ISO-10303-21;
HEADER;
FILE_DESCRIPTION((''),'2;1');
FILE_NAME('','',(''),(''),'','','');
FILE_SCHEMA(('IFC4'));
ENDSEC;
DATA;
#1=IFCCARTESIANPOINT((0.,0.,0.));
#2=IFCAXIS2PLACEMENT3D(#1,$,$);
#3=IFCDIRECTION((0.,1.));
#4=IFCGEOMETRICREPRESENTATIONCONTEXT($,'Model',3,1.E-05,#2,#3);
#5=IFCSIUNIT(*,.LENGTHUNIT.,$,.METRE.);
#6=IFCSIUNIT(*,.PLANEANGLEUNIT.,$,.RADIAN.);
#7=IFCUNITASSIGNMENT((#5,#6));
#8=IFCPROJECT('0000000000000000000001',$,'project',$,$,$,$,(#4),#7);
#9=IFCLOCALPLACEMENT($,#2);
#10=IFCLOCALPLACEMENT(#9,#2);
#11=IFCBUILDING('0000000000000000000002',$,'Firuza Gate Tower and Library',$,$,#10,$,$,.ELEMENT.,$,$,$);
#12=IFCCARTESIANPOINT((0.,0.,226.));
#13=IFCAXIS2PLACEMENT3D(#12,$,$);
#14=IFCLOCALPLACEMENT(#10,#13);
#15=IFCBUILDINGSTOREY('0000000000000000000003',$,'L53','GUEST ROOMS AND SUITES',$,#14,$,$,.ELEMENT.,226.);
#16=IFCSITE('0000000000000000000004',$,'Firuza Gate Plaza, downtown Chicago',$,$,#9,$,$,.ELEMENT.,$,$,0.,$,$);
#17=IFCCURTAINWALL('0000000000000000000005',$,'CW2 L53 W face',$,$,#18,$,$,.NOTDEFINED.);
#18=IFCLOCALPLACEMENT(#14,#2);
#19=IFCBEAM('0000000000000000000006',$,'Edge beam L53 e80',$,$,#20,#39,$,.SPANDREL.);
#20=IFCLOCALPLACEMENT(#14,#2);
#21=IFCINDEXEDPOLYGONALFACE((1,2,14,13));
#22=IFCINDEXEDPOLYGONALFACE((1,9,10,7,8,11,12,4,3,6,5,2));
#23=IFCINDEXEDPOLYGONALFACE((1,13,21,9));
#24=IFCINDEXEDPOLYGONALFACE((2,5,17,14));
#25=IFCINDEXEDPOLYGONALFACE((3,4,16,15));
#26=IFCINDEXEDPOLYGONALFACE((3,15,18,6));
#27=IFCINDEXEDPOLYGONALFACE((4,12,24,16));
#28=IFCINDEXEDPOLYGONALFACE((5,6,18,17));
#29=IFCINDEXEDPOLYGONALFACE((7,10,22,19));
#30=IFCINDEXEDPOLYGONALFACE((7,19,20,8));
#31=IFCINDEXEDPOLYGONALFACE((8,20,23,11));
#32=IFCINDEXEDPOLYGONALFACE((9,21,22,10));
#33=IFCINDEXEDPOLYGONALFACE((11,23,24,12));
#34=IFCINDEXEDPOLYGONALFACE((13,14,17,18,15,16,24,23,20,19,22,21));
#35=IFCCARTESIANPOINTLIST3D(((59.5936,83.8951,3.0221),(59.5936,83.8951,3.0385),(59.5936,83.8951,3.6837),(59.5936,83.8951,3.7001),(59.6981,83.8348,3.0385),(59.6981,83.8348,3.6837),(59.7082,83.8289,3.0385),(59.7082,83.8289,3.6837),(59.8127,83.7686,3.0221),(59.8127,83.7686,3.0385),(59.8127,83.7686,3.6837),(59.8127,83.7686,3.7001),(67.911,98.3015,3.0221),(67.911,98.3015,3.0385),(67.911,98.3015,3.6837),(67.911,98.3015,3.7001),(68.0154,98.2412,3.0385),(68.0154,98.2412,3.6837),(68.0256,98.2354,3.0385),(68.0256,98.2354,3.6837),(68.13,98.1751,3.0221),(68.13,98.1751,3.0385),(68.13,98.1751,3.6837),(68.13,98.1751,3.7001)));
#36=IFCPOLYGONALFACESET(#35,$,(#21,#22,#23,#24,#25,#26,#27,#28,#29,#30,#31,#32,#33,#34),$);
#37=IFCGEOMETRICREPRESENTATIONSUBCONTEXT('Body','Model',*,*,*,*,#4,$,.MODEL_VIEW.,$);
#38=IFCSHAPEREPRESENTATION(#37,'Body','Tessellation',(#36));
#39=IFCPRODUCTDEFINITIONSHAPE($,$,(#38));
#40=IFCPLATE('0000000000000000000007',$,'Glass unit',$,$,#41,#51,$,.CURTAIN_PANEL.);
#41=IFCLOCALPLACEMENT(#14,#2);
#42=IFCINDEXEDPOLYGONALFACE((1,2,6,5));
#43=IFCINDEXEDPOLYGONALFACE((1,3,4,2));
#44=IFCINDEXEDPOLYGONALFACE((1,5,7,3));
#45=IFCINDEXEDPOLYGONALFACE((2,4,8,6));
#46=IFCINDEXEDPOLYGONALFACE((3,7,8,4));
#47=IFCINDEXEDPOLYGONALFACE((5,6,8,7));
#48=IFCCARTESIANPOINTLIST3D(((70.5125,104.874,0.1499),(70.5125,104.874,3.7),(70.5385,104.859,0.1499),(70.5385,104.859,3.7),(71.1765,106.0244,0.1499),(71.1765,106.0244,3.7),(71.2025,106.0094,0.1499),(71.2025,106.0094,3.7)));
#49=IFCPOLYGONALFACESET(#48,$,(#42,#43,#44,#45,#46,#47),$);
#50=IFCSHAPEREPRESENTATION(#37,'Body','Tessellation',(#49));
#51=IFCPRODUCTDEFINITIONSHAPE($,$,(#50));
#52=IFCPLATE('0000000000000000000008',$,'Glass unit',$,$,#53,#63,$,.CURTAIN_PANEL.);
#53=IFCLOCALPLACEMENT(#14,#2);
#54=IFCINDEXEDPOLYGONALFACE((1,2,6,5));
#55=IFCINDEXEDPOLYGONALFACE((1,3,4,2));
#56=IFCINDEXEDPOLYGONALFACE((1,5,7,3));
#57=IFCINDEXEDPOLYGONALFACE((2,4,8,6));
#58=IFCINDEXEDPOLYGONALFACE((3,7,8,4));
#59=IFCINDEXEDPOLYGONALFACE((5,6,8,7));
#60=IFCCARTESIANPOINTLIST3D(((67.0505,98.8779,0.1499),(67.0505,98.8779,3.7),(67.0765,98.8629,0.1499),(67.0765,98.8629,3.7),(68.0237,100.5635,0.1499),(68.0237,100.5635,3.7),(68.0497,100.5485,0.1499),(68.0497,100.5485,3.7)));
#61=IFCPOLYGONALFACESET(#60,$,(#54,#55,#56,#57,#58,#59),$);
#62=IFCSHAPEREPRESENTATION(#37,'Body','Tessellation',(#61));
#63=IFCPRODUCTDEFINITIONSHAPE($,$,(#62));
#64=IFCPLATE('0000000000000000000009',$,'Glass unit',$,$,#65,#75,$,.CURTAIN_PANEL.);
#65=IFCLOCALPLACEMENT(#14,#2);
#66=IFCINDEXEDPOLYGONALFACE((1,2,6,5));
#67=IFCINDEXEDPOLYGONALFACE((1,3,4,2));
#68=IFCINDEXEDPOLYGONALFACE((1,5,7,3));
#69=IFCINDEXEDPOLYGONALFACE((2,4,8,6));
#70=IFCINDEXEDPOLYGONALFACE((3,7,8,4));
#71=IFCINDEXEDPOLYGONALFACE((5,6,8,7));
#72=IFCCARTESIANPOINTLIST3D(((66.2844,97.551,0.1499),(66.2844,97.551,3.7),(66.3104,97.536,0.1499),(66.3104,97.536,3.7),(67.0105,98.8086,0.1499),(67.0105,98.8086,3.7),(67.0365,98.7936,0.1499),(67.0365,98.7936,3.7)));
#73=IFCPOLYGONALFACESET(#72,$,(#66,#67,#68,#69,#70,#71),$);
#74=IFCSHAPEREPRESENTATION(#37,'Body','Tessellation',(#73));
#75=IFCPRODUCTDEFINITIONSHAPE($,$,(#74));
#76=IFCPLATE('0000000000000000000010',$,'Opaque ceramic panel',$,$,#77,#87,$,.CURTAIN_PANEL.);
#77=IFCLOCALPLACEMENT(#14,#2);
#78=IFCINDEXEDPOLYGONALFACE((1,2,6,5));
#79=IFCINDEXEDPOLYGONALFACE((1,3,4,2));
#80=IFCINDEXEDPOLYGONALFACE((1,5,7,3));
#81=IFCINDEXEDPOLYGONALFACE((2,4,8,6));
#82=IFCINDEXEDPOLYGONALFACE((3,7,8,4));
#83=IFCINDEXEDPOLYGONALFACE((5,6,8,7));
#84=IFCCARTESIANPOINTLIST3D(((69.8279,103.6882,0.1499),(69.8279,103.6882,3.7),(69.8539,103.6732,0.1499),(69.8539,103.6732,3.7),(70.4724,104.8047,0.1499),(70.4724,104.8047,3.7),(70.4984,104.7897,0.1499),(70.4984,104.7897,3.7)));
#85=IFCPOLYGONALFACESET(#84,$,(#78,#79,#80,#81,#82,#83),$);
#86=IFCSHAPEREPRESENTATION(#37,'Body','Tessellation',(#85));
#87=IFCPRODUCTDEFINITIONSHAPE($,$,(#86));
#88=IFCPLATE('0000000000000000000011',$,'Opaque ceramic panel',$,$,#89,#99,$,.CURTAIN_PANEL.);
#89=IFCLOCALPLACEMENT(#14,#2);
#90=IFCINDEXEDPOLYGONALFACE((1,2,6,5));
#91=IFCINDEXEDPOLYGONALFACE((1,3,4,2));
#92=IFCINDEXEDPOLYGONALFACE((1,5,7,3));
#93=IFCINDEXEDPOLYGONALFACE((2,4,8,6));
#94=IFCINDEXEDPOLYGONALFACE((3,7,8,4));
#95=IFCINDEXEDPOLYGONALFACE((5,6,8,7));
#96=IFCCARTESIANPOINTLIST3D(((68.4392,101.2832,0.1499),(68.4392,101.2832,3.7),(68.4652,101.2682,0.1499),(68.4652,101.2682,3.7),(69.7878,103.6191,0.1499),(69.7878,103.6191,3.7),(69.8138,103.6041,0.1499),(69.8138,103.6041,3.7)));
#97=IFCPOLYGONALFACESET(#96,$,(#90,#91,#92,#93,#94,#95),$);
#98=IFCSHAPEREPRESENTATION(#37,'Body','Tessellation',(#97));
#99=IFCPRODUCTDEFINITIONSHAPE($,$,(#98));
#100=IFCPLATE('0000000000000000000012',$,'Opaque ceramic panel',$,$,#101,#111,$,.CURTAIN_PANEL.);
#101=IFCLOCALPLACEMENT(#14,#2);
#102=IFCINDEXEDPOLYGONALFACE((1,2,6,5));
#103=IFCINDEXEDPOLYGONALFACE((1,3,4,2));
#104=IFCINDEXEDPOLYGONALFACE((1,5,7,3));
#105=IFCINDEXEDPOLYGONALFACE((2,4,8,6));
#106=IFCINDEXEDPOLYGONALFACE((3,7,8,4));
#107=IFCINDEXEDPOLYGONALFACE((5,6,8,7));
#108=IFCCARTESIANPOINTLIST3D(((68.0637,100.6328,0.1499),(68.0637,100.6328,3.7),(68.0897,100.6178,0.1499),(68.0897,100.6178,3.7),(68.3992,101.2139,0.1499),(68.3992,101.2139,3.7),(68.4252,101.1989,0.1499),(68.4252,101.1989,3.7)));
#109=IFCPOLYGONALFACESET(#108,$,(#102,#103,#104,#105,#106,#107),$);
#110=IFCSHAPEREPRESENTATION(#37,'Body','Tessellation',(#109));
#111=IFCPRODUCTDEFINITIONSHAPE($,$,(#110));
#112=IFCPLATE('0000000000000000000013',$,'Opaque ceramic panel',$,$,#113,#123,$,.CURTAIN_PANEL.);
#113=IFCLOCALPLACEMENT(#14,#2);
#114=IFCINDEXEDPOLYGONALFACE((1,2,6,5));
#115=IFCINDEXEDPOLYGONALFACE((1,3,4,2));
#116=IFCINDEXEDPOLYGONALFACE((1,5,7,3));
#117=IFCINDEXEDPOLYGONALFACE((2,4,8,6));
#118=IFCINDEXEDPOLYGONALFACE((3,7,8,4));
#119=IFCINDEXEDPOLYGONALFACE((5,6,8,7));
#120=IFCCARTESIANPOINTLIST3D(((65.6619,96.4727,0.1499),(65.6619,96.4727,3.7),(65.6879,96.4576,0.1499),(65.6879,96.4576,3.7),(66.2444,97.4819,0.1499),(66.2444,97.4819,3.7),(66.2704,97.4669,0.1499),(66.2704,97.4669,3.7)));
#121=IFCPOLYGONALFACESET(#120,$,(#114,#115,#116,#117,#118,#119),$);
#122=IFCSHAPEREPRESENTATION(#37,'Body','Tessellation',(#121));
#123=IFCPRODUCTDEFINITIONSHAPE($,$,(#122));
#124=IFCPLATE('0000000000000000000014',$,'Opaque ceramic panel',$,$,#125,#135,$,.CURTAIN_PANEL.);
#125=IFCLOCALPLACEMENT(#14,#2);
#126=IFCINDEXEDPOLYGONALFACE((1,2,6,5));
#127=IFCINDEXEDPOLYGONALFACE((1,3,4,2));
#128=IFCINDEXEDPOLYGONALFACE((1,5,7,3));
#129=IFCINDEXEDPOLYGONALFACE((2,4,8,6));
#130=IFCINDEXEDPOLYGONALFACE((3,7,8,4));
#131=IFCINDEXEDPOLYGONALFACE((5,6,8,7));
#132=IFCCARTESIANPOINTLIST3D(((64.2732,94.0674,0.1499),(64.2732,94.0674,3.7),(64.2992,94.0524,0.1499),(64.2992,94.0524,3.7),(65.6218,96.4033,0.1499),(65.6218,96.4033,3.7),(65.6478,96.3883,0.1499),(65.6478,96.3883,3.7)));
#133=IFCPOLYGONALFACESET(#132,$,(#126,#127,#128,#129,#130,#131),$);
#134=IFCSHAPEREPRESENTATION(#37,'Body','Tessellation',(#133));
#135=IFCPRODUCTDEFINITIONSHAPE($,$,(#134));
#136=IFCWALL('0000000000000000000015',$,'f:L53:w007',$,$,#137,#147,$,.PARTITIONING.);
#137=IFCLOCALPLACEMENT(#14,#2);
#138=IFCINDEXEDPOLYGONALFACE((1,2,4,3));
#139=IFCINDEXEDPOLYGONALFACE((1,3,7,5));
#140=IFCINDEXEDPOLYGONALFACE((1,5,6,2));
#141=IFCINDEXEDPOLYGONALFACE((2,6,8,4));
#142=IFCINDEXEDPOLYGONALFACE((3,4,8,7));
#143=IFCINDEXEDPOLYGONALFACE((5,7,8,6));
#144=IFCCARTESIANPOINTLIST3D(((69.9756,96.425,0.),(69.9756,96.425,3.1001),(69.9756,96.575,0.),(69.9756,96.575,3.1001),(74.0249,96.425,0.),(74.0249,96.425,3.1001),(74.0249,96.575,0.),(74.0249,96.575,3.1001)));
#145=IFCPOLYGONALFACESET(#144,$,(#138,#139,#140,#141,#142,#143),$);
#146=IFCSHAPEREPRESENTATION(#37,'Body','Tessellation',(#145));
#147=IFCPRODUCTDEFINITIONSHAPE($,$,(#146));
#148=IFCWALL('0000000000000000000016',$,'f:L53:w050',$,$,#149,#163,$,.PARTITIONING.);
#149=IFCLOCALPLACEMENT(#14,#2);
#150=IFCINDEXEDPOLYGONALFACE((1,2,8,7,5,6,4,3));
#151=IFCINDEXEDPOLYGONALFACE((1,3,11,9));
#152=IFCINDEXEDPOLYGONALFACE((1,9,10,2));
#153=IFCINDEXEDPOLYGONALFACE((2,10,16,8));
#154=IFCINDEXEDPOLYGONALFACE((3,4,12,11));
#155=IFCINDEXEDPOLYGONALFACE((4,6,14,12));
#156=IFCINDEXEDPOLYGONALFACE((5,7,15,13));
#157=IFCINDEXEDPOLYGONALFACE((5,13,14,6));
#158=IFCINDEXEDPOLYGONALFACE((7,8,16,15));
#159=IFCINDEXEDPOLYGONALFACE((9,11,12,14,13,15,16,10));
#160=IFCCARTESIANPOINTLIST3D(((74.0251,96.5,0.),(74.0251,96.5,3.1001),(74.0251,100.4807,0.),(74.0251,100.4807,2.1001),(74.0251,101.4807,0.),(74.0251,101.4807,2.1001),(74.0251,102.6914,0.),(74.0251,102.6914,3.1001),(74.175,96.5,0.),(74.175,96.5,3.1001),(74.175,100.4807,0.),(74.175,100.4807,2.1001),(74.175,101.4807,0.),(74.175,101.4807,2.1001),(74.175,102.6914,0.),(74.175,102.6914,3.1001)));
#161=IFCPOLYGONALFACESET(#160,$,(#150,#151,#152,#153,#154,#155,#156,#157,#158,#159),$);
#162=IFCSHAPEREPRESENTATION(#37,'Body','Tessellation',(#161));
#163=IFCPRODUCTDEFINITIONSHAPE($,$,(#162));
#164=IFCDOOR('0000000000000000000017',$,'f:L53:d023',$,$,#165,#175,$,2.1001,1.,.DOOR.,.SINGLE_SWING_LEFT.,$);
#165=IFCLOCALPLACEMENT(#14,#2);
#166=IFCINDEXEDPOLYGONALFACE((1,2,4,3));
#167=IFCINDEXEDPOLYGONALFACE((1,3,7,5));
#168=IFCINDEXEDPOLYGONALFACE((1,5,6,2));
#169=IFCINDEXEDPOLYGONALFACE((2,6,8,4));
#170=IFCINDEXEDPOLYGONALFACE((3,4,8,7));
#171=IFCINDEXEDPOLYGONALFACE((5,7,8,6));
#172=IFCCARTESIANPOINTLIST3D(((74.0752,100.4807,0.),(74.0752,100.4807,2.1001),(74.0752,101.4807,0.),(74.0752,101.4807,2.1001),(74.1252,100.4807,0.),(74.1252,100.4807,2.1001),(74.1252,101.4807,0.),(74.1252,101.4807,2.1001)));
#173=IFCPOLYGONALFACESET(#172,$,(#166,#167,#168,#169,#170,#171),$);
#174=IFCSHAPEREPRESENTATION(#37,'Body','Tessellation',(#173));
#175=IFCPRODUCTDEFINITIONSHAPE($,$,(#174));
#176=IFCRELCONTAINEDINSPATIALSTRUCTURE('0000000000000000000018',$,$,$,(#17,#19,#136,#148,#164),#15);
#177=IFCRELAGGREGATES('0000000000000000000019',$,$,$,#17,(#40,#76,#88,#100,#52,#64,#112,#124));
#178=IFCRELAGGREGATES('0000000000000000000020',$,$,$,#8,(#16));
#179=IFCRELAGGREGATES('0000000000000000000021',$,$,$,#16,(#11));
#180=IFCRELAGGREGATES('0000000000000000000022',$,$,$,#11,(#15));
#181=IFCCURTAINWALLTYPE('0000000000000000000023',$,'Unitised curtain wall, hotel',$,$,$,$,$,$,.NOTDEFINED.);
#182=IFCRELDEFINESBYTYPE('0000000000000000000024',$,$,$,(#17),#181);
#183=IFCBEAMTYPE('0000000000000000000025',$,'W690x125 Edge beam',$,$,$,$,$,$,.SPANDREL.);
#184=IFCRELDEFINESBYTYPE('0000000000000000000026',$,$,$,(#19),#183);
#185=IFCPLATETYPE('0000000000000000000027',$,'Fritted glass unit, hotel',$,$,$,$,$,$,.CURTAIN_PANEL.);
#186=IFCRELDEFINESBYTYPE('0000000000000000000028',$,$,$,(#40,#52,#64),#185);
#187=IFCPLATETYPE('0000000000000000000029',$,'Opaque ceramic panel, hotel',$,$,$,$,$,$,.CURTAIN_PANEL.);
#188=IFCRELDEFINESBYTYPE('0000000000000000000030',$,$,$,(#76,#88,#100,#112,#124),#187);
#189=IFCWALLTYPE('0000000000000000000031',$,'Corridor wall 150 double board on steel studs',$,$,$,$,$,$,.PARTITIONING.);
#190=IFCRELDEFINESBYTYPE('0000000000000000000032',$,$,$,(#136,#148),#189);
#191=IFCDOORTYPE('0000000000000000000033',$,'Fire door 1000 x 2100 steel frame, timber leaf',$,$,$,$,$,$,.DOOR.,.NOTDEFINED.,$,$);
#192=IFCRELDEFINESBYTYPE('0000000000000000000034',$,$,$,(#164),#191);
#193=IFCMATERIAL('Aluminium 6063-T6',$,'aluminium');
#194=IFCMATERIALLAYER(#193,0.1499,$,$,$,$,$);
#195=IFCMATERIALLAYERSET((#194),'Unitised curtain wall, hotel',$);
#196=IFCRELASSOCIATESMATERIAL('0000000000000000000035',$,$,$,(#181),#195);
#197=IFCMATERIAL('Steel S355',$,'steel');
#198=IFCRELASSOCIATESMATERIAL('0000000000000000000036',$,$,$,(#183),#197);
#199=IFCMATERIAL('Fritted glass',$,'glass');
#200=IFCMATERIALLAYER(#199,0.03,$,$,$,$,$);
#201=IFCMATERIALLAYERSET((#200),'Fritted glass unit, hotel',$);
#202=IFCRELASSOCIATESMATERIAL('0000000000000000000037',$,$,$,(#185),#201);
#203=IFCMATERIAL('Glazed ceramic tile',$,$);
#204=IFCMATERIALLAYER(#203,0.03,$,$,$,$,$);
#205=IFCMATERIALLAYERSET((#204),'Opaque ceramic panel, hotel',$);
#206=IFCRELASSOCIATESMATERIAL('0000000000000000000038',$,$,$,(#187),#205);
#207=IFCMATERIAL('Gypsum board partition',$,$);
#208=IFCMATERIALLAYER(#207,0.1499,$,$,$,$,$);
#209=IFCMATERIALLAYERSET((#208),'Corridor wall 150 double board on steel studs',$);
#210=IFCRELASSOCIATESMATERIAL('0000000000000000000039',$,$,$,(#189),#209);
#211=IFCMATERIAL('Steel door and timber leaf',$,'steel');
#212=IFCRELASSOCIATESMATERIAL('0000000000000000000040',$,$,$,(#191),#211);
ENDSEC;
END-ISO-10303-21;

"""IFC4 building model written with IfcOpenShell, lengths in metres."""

from ifc_helpers import new_model, si_unit, direction, frame, frame_2d, origin, origin_2d, place, context, subcontext, project, spatial, polyline, rectangle, i_section, outline, extrude, material, layer, layer_set, material_profile, profile_set, type_object, element, fill, aggregate, save


model = new_model("IFC4")

# Units and contexts
model_context = context("Model", 3, precision=1e-05, world=origin(), true_north=direction((0.0, 1.0)))
body_context = subcontext(model_context, "Body", "Model", "MODEL_VIEW")
ifc_project = project(units=[si_unit("LENGTHUNIT", "METRE"), si_unit("PLANEANGLEUNIT", "RADIAN")], contexts=[model_context])

# Site, building, storey
site_placement = place(None, origin())
site = spatial("IfcSite", under=ifc_project, at=site_placement, Name="Firuza Gate Plaza, downtown Chicago", CompositionType="ELEMENT", RefElevation=0.0)
building_placement = place(site_placement, origin())
building = spatial("IfcBuilding", under=site, at=building_placement, Name="Firuza Gate Tower and Library", CompositionType="ELEMENT")
storey_placement = place(building_placement, frame((0.0, 0.0, 226.0)))
storey = spatial("IfcBuildingStorey", under=building, at=storey_placement, Name="L53", Description="GUEST ROOMS AND SUITES", CompositionType="ELEMENT", Elevation=226.0)

# Curtain wall
ifc_material_1 = material(Name="Aluminium 6063-T6", Category="aluminium")
ifc_layer_1 = layer(ifc_material_1, 0.1499)
ifc_layer_set_1 = layer_set([ifc_layer_1], Name="Unitised curtain wall, hotel")
curtain_wall_type = type_object("IfcCurtainWallType", Name="Unitised curtain wall, hotel", PredefinedType="NOTDEFINED", material=ifc_layer_set_1)
curtain_wall_placement = place(storey_placement, origin())
curtain_wall = element("IfcCurtainWall", 1, at=curtain_wall_placement, inside=storey, type_object=curtain_wall_type, Name="CW2 L53 W face", PredefinedType="NOTDEFINED")

# Beam
ifc_material_2 = material(Name="Steel S355", Category="steel")
ifc_material_profile_1 = material_profile(ifc_material_2, i_section(OverallWidth=0.2529, OverallDepth=0.678, WebThickness=0.0117, FlangeThickness=0.0164, at=origin_2d()))
ifc_profile_set_1 = profile_set([ifc_material_profile_1], Name="Steel S355")
beam_type_1 = type_object("IfcBeamType", Name="W690x125 Edge beam", PredefinedType="SPANDREL", material=ifc_profile_set_1)
beam_1_placement = place(storey_placement, frame((68.0205, 98.2383, 3.3611), z_axis=(-0.499991, -0.866031, 0.0), x_axis=(0.866031, -0.499991, 0.0)))
element("IfcBeam", 2, at=beam_1_placement, inside=storey, type_object=beam_type_1, Name="Edge beam L53 e80", PredefinedType="SPANDREL", context=body_context, shape_type="SweptSolid", body=[
    extrude(i_section(OverallWidth=0.2529, OverallDepth=0.678, WebThickness=0.0117, FlangeThickness=0.0164, at=origin_2d()), origin(), (0.0, 0.0, 1.0), 16.635),
])

# Plates
ifc_material_3 = material(Name="Fritted glass", Category="glass")
ifc_layer_2 = layer(ifc_material_3, 0.03)
ifc_layer_set_2 = layer_set([ifc_layer_2], Name="Fritted glass unit, hotel")
plate_type_1 = type_object("IfcPlateType", Name="Fritted glass unit, hotel", PredefinedType="CURTAIN_PANEL", material=ifc_layer_set_2)
plate_1_placement = place(storey_placement, frame((71.1765, 106.0244, 0.1499), z_axis=(-0.866063, 0.499935, 0.0), x_axis=(-0.499935, -0.866063, 0.0)))
plate_1 = element("IfcPlate", 3, at=plate_1_placement, type_object=plate_type_1, Name="Glass unit", PredefinedType="CURTAIN_PANEL", context=body_context, shape_type="SweptSolid", body=[
    extrude(outline(polyline([(0.0, 0.0), (1.3283, 0.0), (1.3283, 3.55), (0.0, 3.55), (0.0, 0.0)])), origin(), (0.0, 0.0, -1.0), 0.03),
])
plate_2_placement = place(storey_placement, frame((68.0237, 100.5635, 0.1499), z_axis=(-0.866027, 0.499998, 0.0), x_axis=(-0.499998, -0.866027, 0.0)))
plate_2 = element("IfcPlate", 4, at=plate_2_placement, type_object=plate_type_1, Name="Glass unit", PredefinedType="CURTAIN_PANEL", context=body_context, shape_type="SweptSolid", body=[
    extrude(outline(polyline([(0.0, 0.0), (1.9463, 0.0), (1.9463, 3.55), (0.0, 3.55), (0.0, 0.0)])), origin(), (0.0, 0.0, -1.0), 0.03),
])
plate_3_placement = place(storey_placement, frame((67.0105, 98.8086, 0.1499), z_axis=(-0.86602, 0.500009, 0.0), x_axis=(-0.500009, -0.86602, 0.0)))
plate_3 = element("IfcPlate", 5, at=plate_3_placement, type_object=plate_type_1, Name="Glass unit", PredefinedType="CURTAIN_PANEL", context=body_context, shape_type="SweptSolid", body=[
    extrude(outline(polyline([(0.0, 0.0), (1.4521, 0.0), (1.4521, 3.55), (0.0, 3.55), (0.0, 0.0)])), origin(), (0.0, 0.0, -1.0), 0.03),
])
ifc_material_4 = material(Name="Glazed ceramic tile")
ifc_layer_3 = layer(ifc_material_4, 0.03)
ifc_layer_set_3 = layer_set([ifc_layer_3], Name="Opaque ceramic panel, hotel")
plate_type_2 = type_object("IfcPlateType", Name="Opaque ceramic panel, hotel", PredefinedType="CURTAIN_PANEL", material=ifc_layer_set_3)
plate_4_placement = place(storey_placement, frame((70.4724, 104.8047, 0.1499), z_axis=(-0.866044, 0.499968, 0.0), x_axis=(-0.499968, -0.866044, 0.0)))
plate_4 = element("IfcPlate", 6, at=plate_4_placement, type_object=plate_type_2, Name="Opaque ceramic panel", PredefinedType="CURTAIN_PANEL", context=body_context, shape_type="SweptSolid", body=[
    extrude(outline(polyline([(0.0, 0.0), (1.2891, 0.0), (1.2891, 3.55), (0.0, 3.55), (0.0, 0.0)])), origin(), (0.0, 0.0, -1.0), 0.03),
])
plate_5_placement = place(storey_placement, frame((69.7878, 103.6191, 0.1499), z_axis=(-0.866029, 0.499994, 0.0), x_axis=(-0.499994, -0.866029, 0.0)))
plate_5 = element("IfcPlate", 7, at=plate_5_placement, type_object=plate_type_2, Name="Opaque ceramic panel", PredefinedType="CURTAIN_PANEL", context=body_context, shape_type="SweptSolid", body=[
    extrude(outline(polyline([(0.0, 0.0), (2.6973, 0.0), (2.6973, 3.55), (0.0, 3.55), (0.0, 0.0)])), origin(), (0.0, 0.0, -1.0), 0.03),
])
plate_6_placement = place(storey_placement, frame((68.3992, 101.2139, 0.1499), z_axis=(-0.86604, 0.499974, 0.0), x_axis=(-0.499974, -0.86604, 0.0)))
plate_6 = element("IfcPlate", 8, at=plate_6_placement, type_object=plate_type_2, Name="Opaque ceramic panel", PredefinedType="CURTAIN_PANEL", context=body_context, shape_type="SweptSolid", body=[
    extrude(outline(polyline([(0.0, 0.0), (0.6709, 0.0), (0.6709, 3.55), (0.0, 3.55), (0.0, 0.0)])), origin(), (0.0, 0.0, -1.0), 0.03),
])
plate_7_placement = place(storey_placement, frame((66.2444, 97.4819, 0.1499), z_axis=(-0.866095, 0.49988, 0.0), x_axis=(-0.49988, -0.866095, 0.0)))
plate_7 = element("IfcPlate", 9, at=plate_7_placement, type_object=plate_type_2, Name="Opaque ceramic panel", PredefinedType="CURTAIN_PANEL", context=body_context, shape_type="SweptSolid", body=[
    extrude(outline(polyline([(0.0, 0.0), (1.1653, 0.0), (1.1653, 3.55), (0.0, 3.55), (0.0, 0.0)])), origin(), (0.0, 0.0, -1.0), 0.03),
])
plate_8_placement = place(storey_placement, frame((65.6218, 96.4033, 0.1499), z_axis=(-0.866029, 0.499994, 0.0), x_axis=(-0.499994, -0.866029, 0.0)))
plate_8 = element("IfcPlate", 10, at=plate_8_placement, type_object=plate_type_2, Name="Opaque ceramic panel", PredefinedType="CURTAIN_PANEL", context=body_context, shape_type="SweptSolid", body=[
    extrude(outline(polyline([(0.0, 0.0), (2.6973, 0.0), (2.6973, 3.55), (0.0, 3.55), (0.0, 0.0)])), origin(), (0.0, 0.0, -1.0), 0.03),
])
aggregate(curtain_wall, [plate_1, plate_4, plate_5, plate_6, plate_2, plate_3, plate_7, plate_8])

# Wall
ifc_material_5 = material(Name="Gypsum board partition")
ifc_layer_4 = layer(ifc_material_5, 0.1499)
ifc_layer_set_4 = layer_set([ifc_layer_4], Name="Corridor wall 150 double board on steel studs")
wall_type_1 = type_object("IfcWallType", Name="Corridor wall 150 double board on steel studs", PredefinedType="PARTITIONING", material=ifc_layer_set_4)
wall_1_placement = place(storey_placement, frame((69.9756, 96.5, 0.0), z_axis=(0.0, 0.0, 1.0), x_axis=(1.0, 0.0, 0.0)))
element("IfcWall", 11, at=wall_1_placement, inside=storey, type_object=wall_type_1, Name="f:L53:w007", PredefinedType="PARTITIONING", context=body_context, shape_type="SweptSolid", body=[
    extrude(rectangle(XDim=4.0493, YDim=0.1499, at=frame_2d((2.0247, 0.0))), origin(), (0.0, 0.0, 1.0), 3.1001),
])

# Wall, opening, door
wall_2_placement = place(storey_placement, frame((74.1001, 96.5, 0.0), z_axis=(0.0, 0.0, 1.0), x_axis=(0.0, 1.0, 0.0)))
wall_2 = element("IfcWall", 12, at=wall_2_placement, inside=storey, type_object=wall_type_1, Name="f:L53:w050", PredefinedType="PARTITIONING", context=body_context, shape_type="SweptSolid", body=[
    extrude(rectangle(XDim=6.1914, YDim=0.1499, at=frame_2d((3.0957, 0.0))), origin(), (0.0, 0.0, 1.0), 3.1001),
])
opening_1_placement = place(wall_2_placement, frame((3.9807, 0.0, 0.0)))
opening_1 = element("IfcOpeningElement", 13, at=opening_1_placement, cuts=wall_2, PredefinedType="OPENING", context=body_context, shape_type="SweptSolid", body=[
    extrude(rectangle(XDim=1.0, YDim=2.1001, at=frame_2d((0.5, 1.05))), frame((0.0, 0.085, 0.0), z_axis=(0.0, -1.0, 0.0), x_axis=(1.0, 0.0, 0.0)), (0.0, 0.0, 1.0), 0.1699),
])
ifc_material_6 = material(Name="Steel door and timber leaf", Category="steel")
door_type_1 = type_object("IfcDoorType", Name="Fire door 1000 x 2100 steel frame, timber leaf", OperationType="NOTDEFINED", PredefinedType="DOOR", material=ifc_material_6)
door_1_placement = place(opening_1_placement, origin())
door_1 = element("IfcDoor", 14, at=door_1_placement, inside=storey, type_object=door_type_1, Name="f:L53:d023", OperationType="SINGLE_SWING_LEFT", OverallHeight=2.1001, OverallWidth=1.0, PredefinedType="DOOR", context=body_context, shape_type="SweptSolid", body=[
    extrude(rectangle(XDim=1.0, YDim=2.1001, at=frame_2d((0.5, 1.05))), frame((0.0, 0.0249, 0.0), z_axis=(0.0, -1.0, 0.0), x_axis=(1.0, 0.0, 0.0)), (0.0, 0.0, 1.0), 0.05),
])
fill(opening_1, door_1)

save(model, "model.ifc")
